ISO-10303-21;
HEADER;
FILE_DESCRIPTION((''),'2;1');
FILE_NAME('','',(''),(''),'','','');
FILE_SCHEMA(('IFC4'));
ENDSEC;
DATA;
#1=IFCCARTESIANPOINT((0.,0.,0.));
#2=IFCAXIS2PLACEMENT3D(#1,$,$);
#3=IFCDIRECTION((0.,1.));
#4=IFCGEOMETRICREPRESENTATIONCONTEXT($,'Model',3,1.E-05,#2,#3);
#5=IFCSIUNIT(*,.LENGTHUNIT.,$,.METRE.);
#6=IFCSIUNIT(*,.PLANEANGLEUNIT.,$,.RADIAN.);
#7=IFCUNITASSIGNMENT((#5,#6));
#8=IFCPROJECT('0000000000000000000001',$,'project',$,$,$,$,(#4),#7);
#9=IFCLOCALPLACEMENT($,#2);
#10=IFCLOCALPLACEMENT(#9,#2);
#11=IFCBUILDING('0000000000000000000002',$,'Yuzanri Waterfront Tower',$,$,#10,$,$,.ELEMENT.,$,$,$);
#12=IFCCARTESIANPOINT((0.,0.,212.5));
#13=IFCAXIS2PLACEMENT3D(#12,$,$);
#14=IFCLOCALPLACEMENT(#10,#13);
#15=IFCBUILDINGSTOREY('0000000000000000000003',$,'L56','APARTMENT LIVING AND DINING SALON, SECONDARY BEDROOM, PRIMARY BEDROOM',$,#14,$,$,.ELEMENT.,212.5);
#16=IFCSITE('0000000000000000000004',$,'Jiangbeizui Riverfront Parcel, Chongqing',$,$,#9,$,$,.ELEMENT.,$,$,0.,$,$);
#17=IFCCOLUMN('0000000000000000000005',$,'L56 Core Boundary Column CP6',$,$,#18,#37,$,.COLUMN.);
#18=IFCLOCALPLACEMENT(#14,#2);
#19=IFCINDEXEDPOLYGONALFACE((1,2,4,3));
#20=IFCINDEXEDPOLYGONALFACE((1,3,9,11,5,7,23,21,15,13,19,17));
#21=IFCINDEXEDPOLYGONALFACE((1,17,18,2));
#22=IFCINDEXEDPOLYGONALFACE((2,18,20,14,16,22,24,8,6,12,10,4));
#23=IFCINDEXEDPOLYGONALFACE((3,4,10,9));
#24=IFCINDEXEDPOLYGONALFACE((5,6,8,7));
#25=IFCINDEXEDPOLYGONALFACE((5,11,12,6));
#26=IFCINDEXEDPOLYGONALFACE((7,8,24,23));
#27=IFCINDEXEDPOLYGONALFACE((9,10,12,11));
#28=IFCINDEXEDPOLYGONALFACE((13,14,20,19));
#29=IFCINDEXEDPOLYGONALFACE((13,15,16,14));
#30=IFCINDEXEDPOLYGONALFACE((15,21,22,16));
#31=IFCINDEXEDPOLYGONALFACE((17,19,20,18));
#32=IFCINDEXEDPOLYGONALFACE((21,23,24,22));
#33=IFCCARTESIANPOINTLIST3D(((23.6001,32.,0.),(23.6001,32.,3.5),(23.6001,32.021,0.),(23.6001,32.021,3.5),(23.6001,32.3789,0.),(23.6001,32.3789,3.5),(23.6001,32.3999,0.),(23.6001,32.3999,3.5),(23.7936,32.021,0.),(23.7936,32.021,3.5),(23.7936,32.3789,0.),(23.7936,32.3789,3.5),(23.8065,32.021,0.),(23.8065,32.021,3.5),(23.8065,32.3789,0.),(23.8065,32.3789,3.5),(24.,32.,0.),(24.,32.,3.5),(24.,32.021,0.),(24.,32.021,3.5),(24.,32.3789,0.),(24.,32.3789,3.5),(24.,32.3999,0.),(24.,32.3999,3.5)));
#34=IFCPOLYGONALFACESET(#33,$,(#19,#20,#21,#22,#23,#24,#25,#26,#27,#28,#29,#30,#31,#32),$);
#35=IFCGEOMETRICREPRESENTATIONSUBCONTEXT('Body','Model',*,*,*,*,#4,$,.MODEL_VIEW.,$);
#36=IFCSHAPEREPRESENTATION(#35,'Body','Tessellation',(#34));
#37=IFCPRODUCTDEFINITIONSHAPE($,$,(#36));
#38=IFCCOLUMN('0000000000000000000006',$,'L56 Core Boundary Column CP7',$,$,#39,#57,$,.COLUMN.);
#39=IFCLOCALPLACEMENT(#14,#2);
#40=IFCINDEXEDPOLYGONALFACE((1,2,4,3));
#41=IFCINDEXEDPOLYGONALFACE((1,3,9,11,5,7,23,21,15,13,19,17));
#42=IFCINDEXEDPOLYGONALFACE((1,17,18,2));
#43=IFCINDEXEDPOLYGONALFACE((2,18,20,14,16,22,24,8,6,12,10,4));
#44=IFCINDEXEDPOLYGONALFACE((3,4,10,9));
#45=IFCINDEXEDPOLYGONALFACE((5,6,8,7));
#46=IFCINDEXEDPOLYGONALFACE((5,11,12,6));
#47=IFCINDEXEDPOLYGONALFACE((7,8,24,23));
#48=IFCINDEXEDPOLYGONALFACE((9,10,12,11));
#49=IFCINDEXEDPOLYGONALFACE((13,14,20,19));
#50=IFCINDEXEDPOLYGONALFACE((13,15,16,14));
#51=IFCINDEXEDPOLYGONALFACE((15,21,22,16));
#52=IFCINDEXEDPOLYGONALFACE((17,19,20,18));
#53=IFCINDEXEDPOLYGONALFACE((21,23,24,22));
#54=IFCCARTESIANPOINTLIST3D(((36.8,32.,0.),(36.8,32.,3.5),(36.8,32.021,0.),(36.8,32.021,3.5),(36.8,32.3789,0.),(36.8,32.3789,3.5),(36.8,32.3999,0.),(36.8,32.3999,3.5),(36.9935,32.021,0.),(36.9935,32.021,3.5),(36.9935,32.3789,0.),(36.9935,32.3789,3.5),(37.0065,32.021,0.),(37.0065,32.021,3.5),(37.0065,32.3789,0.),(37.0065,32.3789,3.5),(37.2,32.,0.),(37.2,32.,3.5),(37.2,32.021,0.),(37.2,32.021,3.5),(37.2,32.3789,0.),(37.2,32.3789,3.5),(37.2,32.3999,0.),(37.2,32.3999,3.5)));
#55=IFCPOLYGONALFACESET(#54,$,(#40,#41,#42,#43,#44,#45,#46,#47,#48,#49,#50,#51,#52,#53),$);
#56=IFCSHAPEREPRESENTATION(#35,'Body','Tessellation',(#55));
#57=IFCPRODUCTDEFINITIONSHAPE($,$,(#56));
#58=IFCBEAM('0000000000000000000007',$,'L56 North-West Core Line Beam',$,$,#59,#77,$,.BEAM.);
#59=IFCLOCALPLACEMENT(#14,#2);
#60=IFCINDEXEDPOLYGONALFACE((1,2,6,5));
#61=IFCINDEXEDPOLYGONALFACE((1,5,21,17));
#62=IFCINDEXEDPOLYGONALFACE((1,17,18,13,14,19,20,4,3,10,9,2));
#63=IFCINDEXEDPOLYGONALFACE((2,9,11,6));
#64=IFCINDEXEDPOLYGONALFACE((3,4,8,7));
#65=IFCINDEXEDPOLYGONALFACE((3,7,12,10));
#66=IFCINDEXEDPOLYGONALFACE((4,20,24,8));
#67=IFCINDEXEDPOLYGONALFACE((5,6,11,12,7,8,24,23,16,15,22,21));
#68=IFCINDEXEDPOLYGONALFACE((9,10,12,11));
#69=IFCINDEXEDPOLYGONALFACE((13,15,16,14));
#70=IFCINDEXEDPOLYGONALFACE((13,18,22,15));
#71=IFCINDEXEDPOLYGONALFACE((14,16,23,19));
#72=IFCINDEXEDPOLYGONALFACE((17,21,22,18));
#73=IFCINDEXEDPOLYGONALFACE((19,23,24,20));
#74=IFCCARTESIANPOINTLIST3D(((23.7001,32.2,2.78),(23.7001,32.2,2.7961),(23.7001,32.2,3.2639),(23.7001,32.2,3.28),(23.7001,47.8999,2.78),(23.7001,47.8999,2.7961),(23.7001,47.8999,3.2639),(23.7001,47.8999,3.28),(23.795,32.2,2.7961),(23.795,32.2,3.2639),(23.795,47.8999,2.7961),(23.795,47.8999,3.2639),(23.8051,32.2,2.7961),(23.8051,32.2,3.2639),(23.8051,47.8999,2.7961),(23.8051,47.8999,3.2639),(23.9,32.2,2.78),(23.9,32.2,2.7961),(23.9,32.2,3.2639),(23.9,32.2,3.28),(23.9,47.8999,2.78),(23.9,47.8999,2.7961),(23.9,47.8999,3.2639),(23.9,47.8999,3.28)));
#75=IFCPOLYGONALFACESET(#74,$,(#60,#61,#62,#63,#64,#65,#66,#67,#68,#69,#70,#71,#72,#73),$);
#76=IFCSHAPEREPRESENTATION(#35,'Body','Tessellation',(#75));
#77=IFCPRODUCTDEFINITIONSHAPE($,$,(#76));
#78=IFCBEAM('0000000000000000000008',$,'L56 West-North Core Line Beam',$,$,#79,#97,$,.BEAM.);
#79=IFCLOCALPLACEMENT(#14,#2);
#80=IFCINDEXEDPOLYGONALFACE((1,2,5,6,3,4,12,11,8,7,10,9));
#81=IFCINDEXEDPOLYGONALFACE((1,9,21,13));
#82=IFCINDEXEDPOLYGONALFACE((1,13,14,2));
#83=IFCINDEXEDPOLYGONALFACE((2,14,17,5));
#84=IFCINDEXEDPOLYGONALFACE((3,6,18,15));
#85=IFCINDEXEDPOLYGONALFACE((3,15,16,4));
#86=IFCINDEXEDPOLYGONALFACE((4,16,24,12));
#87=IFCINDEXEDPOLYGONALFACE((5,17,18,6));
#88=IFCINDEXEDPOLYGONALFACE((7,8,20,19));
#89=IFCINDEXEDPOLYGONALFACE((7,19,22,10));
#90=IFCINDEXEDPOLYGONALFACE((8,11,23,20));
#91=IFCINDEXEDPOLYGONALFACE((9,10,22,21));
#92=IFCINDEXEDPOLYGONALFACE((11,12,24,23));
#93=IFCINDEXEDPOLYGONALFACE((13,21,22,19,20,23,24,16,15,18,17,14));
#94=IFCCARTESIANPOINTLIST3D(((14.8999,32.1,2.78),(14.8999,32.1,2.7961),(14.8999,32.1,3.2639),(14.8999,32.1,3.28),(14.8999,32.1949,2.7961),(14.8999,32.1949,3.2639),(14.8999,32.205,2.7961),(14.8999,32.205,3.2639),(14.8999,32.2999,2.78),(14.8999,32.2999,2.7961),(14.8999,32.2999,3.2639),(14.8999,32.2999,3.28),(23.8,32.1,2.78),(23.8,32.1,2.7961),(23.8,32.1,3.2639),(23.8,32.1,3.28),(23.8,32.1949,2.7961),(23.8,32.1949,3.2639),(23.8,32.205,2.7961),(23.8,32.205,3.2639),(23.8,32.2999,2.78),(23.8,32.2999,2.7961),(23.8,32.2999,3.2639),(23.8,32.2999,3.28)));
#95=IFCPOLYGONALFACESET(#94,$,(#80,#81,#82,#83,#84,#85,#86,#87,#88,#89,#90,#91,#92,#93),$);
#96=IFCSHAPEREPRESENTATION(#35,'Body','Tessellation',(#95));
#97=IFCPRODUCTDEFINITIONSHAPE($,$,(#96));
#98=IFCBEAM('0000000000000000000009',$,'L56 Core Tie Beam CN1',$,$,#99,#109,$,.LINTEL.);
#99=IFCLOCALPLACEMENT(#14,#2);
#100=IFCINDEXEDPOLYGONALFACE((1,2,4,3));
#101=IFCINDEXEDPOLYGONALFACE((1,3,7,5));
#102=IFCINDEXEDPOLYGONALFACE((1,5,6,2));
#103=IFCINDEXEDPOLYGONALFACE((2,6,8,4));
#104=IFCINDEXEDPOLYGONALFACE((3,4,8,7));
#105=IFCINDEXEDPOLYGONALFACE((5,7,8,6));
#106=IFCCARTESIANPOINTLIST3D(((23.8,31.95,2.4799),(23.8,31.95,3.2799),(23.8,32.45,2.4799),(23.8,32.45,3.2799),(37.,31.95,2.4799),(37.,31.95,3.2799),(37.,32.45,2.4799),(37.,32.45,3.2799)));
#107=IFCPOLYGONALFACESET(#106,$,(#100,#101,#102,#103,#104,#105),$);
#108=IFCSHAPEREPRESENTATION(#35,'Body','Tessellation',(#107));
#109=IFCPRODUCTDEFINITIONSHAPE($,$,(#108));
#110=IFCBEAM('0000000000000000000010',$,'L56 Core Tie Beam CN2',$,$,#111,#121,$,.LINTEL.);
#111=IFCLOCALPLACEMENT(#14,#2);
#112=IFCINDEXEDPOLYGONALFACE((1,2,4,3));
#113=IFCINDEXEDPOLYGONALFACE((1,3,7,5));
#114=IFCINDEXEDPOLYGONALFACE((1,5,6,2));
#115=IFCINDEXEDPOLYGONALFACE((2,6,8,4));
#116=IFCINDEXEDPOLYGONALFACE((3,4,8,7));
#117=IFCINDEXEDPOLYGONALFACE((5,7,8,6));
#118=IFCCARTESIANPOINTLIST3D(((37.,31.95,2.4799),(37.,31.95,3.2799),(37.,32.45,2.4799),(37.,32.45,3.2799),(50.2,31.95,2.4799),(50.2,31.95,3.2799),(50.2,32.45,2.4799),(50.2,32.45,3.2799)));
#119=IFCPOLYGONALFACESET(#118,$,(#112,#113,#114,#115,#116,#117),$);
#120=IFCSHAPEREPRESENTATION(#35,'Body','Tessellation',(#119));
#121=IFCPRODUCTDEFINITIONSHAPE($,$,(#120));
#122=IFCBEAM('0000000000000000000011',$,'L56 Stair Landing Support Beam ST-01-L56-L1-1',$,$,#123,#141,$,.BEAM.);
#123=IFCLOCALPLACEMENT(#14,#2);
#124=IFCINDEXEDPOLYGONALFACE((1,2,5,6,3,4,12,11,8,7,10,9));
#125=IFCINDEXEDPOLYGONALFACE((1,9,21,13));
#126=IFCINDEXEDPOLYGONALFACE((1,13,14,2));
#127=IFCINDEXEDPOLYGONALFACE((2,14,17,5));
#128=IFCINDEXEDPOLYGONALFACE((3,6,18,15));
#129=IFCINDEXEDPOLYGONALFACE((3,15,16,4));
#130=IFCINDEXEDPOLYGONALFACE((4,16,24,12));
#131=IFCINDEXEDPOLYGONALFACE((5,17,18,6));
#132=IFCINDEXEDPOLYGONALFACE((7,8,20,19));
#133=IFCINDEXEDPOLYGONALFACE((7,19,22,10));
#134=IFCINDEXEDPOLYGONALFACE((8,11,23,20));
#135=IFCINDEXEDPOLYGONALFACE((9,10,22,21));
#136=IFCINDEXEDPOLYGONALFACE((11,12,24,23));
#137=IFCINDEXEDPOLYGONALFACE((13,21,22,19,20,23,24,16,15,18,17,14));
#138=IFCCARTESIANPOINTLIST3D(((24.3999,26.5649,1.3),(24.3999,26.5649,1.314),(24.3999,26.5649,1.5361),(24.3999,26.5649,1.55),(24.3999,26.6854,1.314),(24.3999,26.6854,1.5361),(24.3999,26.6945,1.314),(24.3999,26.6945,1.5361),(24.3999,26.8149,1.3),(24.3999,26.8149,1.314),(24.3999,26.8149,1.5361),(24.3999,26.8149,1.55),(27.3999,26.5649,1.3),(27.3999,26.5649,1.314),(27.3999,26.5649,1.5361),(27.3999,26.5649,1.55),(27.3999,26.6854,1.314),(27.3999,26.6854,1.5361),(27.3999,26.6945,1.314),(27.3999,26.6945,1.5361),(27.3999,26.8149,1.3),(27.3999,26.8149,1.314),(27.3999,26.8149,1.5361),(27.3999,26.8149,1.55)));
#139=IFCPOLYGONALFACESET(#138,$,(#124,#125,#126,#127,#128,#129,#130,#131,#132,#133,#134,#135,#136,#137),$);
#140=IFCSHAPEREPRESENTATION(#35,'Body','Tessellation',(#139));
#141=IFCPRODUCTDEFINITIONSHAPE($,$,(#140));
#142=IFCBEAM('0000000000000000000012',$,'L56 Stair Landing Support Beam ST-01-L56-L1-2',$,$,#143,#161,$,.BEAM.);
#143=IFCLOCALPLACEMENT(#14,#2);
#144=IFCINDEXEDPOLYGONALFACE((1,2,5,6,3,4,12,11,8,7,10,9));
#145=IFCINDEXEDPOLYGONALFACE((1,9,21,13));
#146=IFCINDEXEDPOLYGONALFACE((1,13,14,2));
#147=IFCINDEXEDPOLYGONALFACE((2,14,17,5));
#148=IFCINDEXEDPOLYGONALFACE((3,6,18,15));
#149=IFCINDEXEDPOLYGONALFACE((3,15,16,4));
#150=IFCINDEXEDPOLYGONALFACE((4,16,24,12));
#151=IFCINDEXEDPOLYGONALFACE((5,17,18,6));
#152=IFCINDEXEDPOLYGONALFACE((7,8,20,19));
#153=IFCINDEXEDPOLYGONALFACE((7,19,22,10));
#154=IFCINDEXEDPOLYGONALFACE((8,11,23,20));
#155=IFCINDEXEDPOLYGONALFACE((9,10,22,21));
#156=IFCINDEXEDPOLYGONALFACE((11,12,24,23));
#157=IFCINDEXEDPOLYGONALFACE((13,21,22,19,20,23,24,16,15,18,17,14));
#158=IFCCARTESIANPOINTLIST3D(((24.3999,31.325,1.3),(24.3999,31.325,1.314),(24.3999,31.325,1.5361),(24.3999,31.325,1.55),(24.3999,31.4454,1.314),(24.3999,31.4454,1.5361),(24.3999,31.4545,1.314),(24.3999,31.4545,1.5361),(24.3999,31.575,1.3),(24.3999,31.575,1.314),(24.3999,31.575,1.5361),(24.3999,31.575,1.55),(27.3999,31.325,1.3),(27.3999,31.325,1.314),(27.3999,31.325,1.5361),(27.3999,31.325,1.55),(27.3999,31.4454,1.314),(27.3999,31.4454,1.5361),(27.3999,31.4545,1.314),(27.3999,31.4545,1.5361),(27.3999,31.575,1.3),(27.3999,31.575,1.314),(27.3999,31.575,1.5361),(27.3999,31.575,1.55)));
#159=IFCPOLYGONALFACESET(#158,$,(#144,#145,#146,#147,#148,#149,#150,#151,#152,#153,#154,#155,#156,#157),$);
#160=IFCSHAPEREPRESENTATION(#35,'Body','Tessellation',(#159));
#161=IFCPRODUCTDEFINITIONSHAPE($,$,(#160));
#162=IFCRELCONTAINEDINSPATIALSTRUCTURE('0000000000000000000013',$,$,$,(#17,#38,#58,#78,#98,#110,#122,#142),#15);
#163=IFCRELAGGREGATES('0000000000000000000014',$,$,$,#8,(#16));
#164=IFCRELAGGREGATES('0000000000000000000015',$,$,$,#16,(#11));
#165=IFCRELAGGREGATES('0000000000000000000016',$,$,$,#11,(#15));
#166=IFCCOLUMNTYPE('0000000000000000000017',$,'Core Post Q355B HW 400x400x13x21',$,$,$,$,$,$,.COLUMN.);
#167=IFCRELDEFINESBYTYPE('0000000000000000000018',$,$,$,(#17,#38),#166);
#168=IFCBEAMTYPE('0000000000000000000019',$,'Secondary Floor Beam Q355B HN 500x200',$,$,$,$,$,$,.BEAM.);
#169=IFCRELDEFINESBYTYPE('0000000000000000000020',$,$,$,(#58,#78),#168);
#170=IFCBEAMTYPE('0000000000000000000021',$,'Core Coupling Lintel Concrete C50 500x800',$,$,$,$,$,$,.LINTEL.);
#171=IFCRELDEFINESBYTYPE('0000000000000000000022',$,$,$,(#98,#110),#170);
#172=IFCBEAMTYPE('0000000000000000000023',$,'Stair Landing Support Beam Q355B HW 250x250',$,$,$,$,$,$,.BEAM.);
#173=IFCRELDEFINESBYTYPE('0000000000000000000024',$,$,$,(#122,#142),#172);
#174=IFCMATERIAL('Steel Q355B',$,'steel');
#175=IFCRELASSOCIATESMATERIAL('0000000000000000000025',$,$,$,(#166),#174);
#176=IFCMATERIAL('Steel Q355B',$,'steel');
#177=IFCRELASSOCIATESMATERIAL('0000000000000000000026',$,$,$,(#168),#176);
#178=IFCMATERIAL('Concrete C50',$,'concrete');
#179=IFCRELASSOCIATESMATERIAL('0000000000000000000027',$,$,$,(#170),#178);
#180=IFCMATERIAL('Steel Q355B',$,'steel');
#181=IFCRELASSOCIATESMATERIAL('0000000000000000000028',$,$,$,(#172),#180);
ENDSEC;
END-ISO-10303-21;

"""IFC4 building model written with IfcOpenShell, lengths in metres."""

from ifc_helpers import new_model, si_unit, direction, frame, origin, origin_2d, place, context, subcontext, project, spatial, rectangle, i_section, extrude, source, transform, mapped, material, material_profile, profile_set, type_object, element, save


model = new_model("IFC4")

# Units and contexts
model_context = context("Model", 3, precision=1e-05, world=origin(), true_north=direction((0.0, 1.0)))
body_context = subcontext(model_context, "Body", "Model", "MODEL_VIEW")
ifc_project = project(units=[si_unit("LENGTHUNIT", "METRE"), si_unit("PLANEANGLEUNIT", "RADIAN")], contexts=[model_context])

# Site, building, storey
site_placement = place(None, origin())
site = spatial("IfcSite", under=ifc_project, at=site_placement, Name="Jiangbeizui Riverfront Parcel, Chongqing", CompositionType="ELEMENT", RefElevation=0.0)
building_placement = place(site_placement, origin())
building = spatial("IfcBuilding", under=site, at=building_placement, Name="Yuzanri Waterfront Tower", CompositionType="ELEMENT")
storey_placement = place(building_placement, frame((0.0, 0.0, 212.5)))
storey = spatial("IfcBuildingStorey", under=building, at=storey_placement, Name="L56", Description="APARTMENT LIVING AND DINING SALON, SECONDARY BEDROOM, PRIMARY BEDROOM", CompositionType="ELEMENT", Elevation=212.5)

# Columns
ifc_material_1 = material(Name="Steel Q355B", Category="steel")
ifc_material_profile_1 = material_profile(ifc_material_1, i_section(OverallWidth=0.3999, OverallDepth=0.3999, WebThickness=0.0129, FlangeThickness=0.021, at=origin_2d()), Name="HW 400x400x13x21")
ifc_profile_set_1 = profile_set([ifc_material_profile_1], Name="Steel Q355B")
column_type = type_object("IfcColumnType", Name="Core Post Q355B HW 400x400x13x21", PredefinedType="COLUMN", material=ifc_profile_set_1)
shared_shape_1 = source(origin(), body_context, "Body", "SweptSolid", [
    extrude(i_section(OverallWidth=0.3999, OverallDepth=0.3999, WebThickness=0.0129, FlangeThickness=0.021, at=origin_2d()), origin(), (0.0, 0.0, 1.0), 3.5),
])
for number, where, z_axis, x_axis, name in (
    (1, (23.8, 32.2, 0.0), (0.0, 0.0, 1.0), (1.0, 0.0, 0.0), "L56 Core Boundary Column CP6"),
    (2, (37.0, 32.2, 0.0), (0.0, 0.0, 1.0), (1.0, 0.0, 0.0), "L56 Core Boundary Column CP7"),
):
    element("IfcColumn", number, at=place(storey_placement, frame(where, z_axis=z_axis, x_axis=x_axis)), inside=storey, type_object=column_type, Name=name, PredefinedType="COLUMN", context=body_context, shape_type="MappedRepresentation", body=[
        mapped(shared_shape_1, transform((0.0, 0.0, 0.0), scale=1.0)),
    ])

# Beams
ifc_material_2 = material(Name="Steel Q355B", Category="steel")
ifc_material_profile_2 = material_profile(ifc_material_2, i_section(OverallWidth=0.2, OverallDepth=0.5, WebThickness=0.01, FlangeThickness=0.0161, at=origin_2d()), Name="HN 500x200x10x16")
ifc_profile_set_2 = profile_set([ifc_material_profile_2], Name="Steel Q355B")
beam_type_1 = type_object("IfcBeamType", Name="Secondary Floor Beam Q355B HN 500x200", PredefinedType="BEAM", material=ifc_profile_set_2)
shared_shape_2 = source(origin(), body_context, "Body", "SweptSolid", [
    extrude(i_section(OverallWidth=0.2, OverallDepth=0.5, WebThickness=0.01, FlangeThickness=0.0161, at=origin_2d()), origin(), (0.0, 0.0, 1.0), 15.7),
])
beam_1_placement = place(storey_placement, frame((23.8, 32.2, 3.03), z_axis=(0.0, 1.0, 0.0), x_axis=(-1.0, 0.0, 0.0)))
element("IfcBeam", 3, at=beam_1_placement, inside=storey, type_object=beam_type_1, Name="L56 North-West Core Line Beam", PredefinedType="BEAM", context=body_context, shape_type="MappedRepresentation", body=[
    mapped(shared_shape_2, transform((0.0, 0.0, 0.0), scale=1.0)),
])
shared_shape_3 = source(origin(), body_context, "Body", "SweptSolid", [
    extrude(i_section(OverallWidth=0.2, OverallDepth=0.5, WebThickness=0.01, FlangeThickness=0.0161, at=origin_2d()), origin(), (0.0, 0.0, 1.0), 8.9001),
])
beam_2_placement = place(storey_placement, frame((23.8, 32.2, 3.03), z_axis=(-1.0, 0.0, 0.0), x_axis=(0.0, -1.0, 0.0)))
element("IfcBeam", 4, at=beam_2_placement, inside=storey, type_object=beam_type_1, Name="L56 West-North Core Line Beam", PredefinedType="BEAM", context=body_context, shape_type="MappedRepresentation", body=[
    mapped(shared_shape_3, transform((0.0, 0.0, 0.0), scale=1.0)),
])
ifc_material_3 = material(Name="Concrete C50", Category="concrete")
ifc_material_profile_3 = material_profile(ifc_material_3, rectangle(XDim=0.5, YDim=0.8, at=origin_2d()), Name="RC 500x800")
ifc_profile_set_3 = profile_set([ifc_material_profile_3], Name="Concrete C50")
beam_type_2 = type_object("IfcBeamType", Name="Core Coupling Lintel Concrete C50 500x800", PredefinedType="LINTEL", material=ifc_profile_set_3)
shared_shape_4 = source(origin(), body_context, "Body", "SweptSolid", [
    extrude(rectangle(XDim=0.5, YDim=0.8, at=origin_2d()), origin(), (0.0, 0.0, 1.0), 13.2),
])
for number, where, z_axis, x_axis, name in (
    (5, (23.8, 32.2, 2.8799), (1.0, 0.0, 0.0), (0.0, 1.0, 0.0), "L56 Core Tie Beam CN1"),
    (6, (37.0, 32.2, 2.8799), (1.0, 0.0, 0.0), (0.0, 1.0, 0.0), "L56 Core Tie Beam CN2"),
):
    element("IfcBeam", number, at=place(storey_placement, frame(where, z_axis=z_axis, x_axis=x_axis)), inside=storey, type_object=beam_type_2, Name=name, PredefinedType="LINTEL", context=body_context, shape_type="MappedRepresentation", body=[
        mapped(shared_shape_4, transform((0.0, 0.0, 0.0), scale=1.0)),
    ])
ifc_material_4 = material(Name="Steel Q355B", Category="steel")
ifc_material_profile_4 = material_profile(ifc_material_4, i_section(OverallWidth=0.25, OverallDepth=0.25, WebThickness=0.009, FlangeThickness=0.0139, at=origin_2d()), Name="HW 250x250x9x14")
ifc_profile_set_4 = profile_set([ifc_material_profile_4], Name="Steel Q355B")
beam_type_3 = type_object("IfcBeamType", Name="Stair Landing Support Beam Q355B HW 250x250", PredefinedType="BEAM", material=ifc_profile_set_4)
shared_shape_5 = source(origin(), body_context, "Body", "SweptSolid", [
    extrude(i_section(OverallWidth=0.25, OverallDepth=0.25, WebThickness=0.009, FlangeThickness=0.0139, at=origin_2d()), origin(), (0.0, 0.0, 1.0), 3.0),
])
for number, where, z_axis, x_axis, name in (
    (7, (24.3999, 26.6899, 1.425), (1.0, 0.0, 0.0), (0.0, 1.0, 0.0), "L56 Stair Landing Support Beam ST-01-L56-L1-1"),
    (8, (24.3999, 31.45, 1.425), (1.0, 0.0, 0.0), (0.0, 1.0, 0.0), "L56 Stair Landing Support Beam ST-01-L56-L1-2"),
):
    element("IfcBeam", number, at=place(storey_placement, frame(where, z_axis=z_axis, x_axis=x_axis)), inside=storey, type_object=beam_type_3, Name=name, PredefinedType="BEAM", context=body_context, shape_type="MappedRepresentation", body=[
        mapped(shared_shape_5, transform((0.0, 0.0, 0.0), scale=1.0)),
    ])

save(model, "model.ifc")
